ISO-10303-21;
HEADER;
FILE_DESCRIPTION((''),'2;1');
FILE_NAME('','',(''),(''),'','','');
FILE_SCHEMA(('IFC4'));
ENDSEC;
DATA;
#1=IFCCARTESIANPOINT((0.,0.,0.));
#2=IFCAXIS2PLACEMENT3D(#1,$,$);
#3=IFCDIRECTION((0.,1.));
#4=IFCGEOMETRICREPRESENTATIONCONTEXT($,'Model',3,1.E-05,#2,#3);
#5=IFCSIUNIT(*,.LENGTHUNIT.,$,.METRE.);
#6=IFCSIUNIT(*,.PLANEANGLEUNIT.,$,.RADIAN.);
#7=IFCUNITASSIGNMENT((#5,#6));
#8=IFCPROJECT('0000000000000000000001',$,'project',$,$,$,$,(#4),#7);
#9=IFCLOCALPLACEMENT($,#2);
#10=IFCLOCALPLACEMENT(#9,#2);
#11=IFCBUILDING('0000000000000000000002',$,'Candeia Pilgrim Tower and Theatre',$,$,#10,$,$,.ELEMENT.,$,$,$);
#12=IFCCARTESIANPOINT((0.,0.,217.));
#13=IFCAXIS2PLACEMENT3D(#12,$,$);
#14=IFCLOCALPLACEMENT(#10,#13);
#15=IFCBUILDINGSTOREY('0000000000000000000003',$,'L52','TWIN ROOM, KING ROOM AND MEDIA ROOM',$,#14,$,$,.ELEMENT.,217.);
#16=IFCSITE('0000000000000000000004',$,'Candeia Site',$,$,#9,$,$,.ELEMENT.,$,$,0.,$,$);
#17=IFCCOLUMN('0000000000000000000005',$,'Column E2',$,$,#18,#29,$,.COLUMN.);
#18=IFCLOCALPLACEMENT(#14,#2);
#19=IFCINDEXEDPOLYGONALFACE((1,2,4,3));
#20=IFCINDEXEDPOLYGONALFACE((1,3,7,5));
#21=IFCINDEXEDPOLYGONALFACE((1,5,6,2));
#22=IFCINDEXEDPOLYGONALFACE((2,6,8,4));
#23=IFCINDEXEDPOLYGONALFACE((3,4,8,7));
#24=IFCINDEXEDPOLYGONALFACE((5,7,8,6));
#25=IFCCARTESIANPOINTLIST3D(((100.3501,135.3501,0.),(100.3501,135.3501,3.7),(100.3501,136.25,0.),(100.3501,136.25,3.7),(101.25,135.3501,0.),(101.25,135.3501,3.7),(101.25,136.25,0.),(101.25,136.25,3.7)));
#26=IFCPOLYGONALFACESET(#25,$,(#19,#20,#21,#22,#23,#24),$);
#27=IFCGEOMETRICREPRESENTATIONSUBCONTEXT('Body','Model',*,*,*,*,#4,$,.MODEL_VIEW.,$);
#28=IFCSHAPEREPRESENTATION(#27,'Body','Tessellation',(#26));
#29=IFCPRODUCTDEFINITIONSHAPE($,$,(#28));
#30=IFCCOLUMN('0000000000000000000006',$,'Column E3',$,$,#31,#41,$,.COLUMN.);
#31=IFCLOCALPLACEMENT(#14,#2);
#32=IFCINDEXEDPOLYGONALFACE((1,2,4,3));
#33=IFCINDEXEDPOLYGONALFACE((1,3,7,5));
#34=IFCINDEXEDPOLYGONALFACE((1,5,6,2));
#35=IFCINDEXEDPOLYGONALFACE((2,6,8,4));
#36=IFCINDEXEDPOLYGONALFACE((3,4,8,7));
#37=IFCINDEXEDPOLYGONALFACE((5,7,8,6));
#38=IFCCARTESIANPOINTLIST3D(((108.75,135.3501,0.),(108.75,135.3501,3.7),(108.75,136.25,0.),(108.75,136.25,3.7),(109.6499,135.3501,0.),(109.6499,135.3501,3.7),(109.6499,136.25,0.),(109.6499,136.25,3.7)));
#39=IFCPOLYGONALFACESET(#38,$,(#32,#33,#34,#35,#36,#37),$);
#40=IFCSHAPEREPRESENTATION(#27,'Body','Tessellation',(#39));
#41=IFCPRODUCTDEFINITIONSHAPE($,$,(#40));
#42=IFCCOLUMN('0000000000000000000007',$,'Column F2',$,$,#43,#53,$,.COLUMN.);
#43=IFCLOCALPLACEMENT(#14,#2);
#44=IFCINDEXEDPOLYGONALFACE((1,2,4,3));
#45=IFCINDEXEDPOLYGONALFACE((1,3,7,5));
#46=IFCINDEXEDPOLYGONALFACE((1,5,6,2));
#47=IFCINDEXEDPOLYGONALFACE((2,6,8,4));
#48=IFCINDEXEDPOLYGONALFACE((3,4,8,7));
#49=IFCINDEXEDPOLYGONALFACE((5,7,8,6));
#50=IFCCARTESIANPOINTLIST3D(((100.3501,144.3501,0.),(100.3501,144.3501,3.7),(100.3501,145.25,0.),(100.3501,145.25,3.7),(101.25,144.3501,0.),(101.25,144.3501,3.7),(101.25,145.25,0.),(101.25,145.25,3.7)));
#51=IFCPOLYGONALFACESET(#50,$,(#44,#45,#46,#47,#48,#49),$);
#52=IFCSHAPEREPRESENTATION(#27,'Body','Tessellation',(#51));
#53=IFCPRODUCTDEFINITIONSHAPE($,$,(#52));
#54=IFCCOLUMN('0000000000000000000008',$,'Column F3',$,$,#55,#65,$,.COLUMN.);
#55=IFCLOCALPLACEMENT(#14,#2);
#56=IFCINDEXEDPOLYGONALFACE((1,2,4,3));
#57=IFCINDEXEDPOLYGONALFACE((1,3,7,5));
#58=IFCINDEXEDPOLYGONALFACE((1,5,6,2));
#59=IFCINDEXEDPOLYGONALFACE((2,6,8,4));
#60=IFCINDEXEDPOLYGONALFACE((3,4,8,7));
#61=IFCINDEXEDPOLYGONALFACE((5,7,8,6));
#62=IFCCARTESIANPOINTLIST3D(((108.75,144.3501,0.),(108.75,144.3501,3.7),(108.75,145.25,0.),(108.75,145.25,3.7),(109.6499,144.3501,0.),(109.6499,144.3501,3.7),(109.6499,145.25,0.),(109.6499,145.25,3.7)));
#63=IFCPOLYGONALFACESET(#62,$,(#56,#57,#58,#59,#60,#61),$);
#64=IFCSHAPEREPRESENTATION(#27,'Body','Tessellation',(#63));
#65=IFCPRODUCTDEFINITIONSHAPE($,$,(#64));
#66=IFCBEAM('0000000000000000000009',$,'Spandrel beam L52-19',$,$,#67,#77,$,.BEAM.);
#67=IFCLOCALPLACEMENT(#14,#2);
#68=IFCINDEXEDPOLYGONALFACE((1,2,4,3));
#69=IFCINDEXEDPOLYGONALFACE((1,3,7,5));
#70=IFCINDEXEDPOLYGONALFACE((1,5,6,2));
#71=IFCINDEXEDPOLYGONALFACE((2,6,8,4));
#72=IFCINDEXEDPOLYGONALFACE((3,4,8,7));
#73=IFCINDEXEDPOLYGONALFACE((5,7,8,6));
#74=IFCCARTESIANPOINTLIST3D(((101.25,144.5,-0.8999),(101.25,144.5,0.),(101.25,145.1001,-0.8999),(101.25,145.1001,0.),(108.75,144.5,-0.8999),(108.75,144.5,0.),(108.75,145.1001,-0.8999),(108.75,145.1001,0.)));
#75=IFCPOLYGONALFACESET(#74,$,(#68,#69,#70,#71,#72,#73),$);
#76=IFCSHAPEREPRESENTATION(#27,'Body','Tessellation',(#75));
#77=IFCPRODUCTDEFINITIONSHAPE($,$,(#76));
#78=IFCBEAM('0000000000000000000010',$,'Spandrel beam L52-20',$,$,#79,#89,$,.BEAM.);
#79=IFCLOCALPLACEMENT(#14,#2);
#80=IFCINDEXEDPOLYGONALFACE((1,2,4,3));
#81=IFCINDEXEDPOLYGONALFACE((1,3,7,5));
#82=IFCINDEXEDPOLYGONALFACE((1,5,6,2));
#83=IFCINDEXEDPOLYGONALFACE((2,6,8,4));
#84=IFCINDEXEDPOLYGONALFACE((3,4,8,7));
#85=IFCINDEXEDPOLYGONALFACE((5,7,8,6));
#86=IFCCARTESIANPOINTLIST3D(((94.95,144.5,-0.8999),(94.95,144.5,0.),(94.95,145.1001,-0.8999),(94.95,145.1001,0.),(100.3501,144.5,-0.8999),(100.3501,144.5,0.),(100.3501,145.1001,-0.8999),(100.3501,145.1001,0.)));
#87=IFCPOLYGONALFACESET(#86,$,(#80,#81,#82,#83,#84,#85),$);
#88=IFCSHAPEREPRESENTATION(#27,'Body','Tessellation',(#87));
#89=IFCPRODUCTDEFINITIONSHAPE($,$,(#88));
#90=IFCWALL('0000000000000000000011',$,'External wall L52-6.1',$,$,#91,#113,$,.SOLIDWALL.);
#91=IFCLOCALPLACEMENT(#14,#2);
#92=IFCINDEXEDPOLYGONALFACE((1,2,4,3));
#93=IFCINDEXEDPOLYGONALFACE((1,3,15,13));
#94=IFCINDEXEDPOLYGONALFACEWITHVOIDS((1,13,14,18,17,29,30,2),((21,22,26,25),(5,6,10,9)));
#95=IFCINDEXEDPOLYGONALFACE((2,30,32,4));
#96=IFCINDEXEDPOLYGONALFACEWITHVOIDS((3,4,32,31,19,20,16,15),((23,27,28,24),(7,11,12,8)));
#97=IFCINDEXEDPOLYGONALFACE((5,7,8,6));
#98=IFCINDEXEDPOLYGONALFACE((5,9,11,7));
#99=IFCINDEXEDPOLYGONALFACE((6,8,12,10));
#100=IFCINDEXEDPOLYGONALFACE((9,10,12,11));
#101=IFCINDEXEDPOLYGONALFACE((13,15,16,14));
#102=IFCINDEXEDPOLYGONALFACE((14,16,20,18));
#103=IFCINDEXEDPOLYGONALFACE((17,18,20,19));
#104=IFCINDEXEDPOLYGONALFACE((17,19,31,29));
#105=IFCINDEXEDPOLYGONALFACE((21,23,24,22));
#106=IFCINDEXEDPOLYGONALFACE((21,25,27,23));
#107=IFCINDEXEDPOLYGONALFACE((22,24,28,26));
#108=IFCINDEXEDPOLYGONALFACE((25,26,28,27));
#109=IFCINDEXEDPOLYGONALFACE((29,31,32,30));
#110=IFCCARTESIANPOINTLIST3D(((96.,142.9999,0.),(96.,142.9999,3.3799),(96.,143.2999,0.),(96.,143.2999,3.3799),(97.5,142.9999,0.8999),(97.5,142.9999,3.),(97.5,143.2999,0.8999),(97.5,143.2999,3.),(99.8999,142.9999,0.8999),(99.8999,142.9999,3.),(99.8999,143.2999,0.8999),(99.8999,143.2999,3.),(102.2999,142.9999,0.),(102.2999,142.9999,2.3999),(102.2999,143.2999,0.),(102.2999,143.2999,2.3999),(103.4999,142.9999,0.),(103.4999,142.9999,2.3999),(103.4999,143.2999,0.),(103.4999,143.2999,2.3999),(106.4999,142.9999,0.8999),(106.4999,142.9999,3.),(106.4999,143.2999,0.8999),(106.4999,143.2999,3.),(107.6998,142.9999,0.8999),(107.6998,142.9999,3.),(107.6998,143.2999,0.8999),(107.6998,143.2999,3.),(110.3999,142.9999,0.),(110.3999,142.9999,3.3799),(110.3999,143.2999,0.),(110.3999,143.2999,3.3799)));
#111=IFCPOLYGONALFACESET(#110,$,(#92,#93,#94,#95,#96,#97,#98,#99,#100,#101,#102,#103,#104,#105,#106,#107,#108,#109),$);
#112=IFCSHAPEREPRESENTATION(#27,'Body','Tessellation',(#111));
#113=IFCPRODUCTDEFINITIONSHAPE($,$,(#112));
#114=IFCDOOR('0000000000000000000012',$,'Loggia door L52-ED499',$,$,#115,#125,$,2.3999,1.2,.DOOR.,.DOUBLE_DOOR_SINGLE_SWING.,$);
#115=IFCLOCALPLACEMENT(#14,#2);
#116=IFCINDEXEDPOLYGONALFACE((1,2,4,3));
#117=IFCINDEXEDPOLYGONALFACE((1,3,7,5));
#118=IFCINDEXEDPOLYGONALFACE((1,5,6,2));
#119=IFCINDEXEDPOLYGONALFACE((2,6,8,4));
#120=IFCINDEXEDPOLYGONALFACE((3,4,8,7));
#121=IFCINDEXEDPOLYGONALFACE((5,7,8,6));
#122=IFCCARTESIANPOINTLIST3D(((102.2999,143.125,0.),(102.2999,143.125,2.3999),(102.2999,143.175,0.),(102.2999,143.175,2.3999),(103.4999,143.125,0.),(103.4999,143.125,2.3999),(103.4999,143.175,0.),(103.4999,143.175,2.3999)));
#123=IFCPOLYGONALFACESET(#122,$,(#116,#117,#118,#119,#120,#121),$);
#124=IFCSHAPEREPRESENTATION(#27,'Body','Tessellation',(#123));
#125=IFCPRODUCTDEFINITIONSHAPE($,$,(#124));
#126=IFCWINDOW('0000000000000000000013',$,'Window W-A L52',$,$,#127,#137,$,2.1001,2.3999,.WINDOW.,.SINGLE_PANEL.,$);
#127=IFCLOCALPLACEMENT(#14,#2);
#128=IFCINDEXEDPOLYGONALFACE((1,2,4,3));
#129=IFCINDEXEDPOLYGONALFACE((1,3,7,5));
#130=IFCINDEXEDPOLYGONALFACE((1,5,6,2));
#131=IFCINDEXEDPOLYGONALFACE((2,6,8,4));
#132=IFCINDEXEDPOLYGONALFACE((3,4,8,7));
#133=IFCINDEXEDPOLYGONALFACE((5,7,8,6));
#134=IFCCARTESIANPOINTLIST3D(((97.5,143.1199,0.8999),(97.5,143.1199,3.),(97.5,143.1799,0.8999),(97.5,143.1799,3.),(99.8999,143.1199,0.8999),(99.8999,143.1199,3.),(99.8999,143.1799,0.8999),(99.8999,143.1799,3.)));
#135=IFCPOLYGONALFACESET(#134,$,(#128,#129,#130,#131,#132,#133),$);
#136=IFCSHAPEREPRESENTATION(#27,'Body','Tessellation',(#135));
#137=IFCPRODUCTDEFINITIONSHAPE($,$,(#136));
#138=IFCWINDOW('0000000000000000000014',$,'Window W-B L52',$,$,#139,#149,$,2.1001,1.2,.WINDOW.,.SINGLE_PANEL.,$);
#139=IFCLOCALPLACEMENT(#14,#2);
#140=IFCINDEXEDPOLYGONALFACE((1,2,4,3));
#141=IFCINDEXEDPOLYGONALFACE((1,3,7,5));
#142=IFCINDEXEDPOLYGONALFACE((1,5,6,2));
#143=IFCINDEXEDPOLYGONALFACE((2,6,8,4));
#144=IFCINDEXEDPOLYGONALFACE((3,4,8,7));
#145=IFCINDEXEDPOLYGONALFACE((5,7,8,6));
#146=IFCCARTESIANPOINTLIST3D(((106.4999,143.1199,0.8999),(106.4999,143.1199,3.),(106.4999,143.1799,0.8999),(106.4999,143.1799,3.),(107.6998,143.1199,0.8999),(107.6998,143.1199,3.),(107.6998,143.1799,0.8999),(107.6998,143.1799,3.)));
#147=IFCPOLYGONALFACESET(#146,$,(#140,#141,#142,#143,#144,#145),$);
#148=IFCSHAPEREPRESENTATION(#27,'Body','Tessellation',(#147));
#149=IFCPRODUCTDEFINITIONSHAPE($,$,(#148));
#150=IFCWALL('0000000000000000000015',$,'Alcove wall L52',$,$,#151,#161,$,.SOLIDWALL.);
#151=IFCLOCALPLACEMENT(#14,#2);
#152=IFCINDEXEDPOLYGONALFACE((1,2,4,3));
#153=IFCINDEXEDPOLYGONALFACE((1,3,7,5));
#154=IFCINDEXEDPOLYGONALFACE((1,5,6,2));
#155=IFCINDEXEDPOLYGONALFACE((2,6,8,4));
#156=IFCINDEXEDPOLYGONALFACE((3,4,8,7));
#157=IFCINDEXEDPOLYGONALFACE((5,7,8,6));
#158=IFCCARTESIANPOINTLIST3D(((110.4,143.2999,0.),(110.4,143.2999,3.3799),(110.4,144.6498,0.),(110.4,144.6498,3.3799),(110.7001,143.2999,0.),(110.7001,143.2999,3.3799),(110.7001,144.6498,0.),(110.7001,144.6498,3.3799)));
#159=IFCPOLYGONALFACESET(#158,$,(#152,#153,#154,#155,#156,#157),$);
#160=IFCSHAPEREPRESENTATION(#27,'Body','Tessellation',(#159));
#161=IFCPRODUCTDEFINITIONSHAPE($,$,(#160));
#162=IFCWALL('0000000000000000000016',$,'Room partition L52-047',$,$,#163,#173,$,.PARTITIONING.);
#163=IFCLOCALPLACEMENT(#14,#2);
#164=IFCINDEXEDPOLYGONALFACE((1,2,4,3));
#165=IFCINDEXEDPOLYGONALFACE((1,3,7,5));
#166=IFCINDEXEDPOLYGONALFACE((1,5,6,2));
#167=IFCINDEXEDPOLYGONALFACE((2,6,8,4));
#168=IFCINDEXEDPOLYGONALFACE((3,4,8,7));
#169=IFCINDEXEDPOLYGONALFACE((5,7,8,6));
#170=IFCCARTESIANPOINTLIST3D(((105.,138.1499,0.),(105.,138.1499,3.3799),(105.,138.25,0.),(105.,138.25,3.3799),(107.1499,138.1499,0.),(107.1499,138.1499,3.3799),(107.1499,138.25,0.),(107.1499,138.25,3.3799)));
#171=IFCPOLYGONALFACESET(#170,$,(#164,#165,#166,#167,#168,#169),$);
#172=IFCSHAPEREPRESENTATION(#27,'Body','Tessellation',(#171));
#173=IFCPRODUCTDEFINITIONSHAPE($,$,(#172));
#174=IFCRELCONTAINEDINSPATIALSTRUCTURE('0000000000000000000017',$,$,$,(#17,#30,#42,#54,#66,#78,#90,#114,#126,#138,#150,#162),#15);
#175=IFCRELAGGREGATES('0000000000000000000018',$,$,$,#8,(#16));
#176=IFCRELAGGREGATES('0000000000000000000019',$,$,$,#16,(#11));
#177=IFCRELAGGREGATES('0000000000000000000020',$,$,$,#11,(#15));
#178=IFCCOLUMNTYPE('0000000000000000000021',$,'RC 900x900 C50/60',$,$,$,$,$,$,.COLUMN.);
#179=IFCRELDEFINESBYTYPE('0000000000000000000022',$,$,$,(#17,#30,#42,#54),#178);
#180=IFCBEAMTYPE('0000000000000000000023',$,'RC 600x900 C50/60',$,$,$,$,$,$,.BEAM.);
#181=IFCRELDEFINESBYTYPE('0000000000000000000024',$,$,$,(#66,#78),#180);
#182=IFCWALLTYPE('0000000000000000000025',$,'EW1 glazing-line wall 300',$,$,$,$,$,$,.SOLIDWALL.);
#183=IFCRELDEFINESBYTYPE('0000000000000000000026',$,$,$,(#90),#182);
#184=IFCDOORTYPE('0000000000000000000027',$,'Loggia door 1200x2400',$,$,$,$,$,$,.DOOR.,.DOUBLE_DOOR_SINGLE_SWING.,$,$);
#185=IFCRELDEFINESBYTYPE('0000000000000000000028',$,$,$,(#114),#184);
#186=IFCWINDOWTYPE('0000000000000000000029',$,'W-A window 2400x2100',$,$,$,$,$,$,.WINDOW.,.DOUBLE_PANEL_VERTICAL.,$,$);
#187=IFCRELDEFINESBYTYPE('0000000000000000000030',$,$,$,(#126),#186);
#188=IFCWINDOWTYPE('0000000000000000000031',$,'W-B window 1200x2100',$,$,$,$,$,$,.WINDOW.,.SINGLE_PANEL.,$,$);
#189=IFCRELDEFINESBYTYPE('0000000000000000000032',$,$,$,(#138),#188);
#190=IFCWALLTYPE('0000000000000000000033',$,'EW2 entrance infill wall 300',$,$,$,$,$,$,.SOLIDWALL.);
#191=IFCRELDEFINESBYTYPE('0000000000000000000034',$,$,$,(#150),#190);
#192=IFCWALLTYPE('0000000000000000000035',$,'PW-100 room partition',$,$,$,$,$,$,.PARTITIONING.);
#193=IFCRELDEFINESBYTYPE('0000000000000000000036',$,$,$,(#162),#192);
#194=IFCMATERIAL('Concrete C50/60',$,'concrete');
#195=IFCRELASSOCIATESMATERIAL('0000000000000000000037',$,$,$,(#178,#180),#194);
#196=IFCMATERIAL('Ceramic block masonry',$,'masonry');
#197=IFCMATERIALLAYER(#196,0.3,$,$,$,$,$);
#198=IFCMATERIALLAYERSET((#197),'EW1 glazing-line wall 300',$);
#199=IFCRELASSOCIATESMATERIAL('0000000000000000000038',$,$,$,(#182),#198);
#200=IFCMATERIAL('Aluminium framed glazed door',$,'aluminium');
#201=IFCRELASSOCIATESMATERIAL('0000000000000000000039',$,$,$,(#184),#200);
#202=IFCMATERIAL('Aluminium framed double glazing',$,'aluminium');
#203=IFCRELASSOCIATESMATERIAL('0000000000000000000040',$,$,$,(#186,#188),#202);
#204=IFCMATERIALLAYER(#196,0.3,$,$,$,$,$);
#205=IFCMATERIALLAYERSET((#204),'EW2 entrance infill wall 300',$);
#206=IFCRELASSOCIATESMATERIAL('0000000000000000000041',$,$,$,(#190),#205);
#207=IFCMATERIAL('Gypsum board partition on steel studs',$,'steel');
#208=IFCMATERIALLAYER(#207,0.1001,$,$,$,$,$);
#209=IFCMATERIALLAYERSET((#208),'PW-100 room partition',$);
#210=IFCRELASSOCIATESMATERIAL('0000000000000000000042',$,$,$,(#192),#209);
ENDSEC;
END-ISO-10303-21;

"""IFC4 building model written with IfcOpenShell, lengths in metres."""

from ifc_helpers import new_model, si_unit, direction, frame, frame_2d, origin, origin_2d, place, context, subcontext, project, spatial, rectangle, extrude, material, layer, layer_set, material_profile, profile_set, type_object, element, fill, save


model = new_model("IFC4")

# Units and contexts
model_context = context("Model", 3, precision=1e-05, world=origin(), true_north=direction((0.0, 1.0)))
body_context = subcontext(model_context, "Body", "Model", "MODEL_VIEW")
ifc_project = project(units=[si_unit("LENGTHUNIT", "METRE"), si_unit("PLANEANGLEUNIT", "RADIAN")], contexts=[model_context])

# Site, building, storey
site_placement = place(None, origin())
site = spatial("IfcSite", under=ifc_project, at=site_placement, Name="Candeia Site", CompositionType="ELEMENT", RefElevation=0.0)
building_placement = place(site_placement, origin())
building = spatial("IfcBuilding", under=site, at=building_placement, Name="Candeia Pilgrim Tower and Theatre", CompositionType="ELEMENT")
storey_placement = place(building_placement, frame((0.0, 0.0, 217.0)))
storey = spatial("IfcBuildingStorey", under=building, at=storey_placement, Name="L52", Description="TWIN ROOM, KING ROOM AND MEDIA ROOM", CompositionType="ELEMENT", Elevation=217.0)

# Columns
ifc_material_1 = material(Name="Concrete C50/60", Category="concrete")
ifc_material_profile_1 = material_profile(ifc_material_1, rectangle(XDim=0.8999, YDim=0.8999, at=origin_2d()))
ifc_profile_set_1 = profile_set([ifc_material_profile_1], Name="Concrete C50/60")
column_type = type_object("IfcColumnType", Name="RC 900x900 C50/60", PredefinedType="COLUMN", material=ifc_profile_set_1)
for number, where, z_axis, x_axis, name in (
    (1, (100.8, 135.8, 0.0), (0.0, 0.0, 1.0), (1.0, 0.0, 0.0), "Column E2"),
    (2, (109.2, 135.8, 0.0), (0.0, 0.0, 1.0), (1.0, 0.0, 0.0), "Column E3"),
    (3, (100.8, 144.8, 0.0), (0.0, 0.0, 1.0), (1.0, 0.0, 0.0), "Column F2"),
    (4, (109.2, 144.8, 0.0), (0.0, 0.0, 1.0), (1.0, 0.0, 0.0), "Column F3"),
):
    element("IfcColumn", number, at=place(storey_placement, frame(where, z_axis=z_axis, x_axis=x_axis)), inside=storey, type_object=column_type, Name=name, PredefinedType="COLUMN", context=body_context, shape_type="SweptSolid", body=[
        extrude(rectangle(XDim=0.8999, YDim=0.8999, at=origin_2d()), origin(), (0.0, 0.0, 1.0), 3.7),
    ])

# Beams
ifc_material_profile_2 = material_profile(ifc_material_1, rectangle(XDim=0.6001, YDim=0.8999, at=origin_2d()))
ifc_profile_set_2 = profile_set([ifc_material_profile_2], Name="Concrete C50/60")
beam_type = type_object("IfcBeamType", Name="RC 600x900 C50/60", PredefinedType="BEAM", material=ifc_profile_set_2)
beam_1_placement = place(storey_placement, frame((108.75, 144.8, -0.45), z_axis=(-1.0, 0.0, 0.0), x_axis=(0.0, -1.0, 0.0)))
element("IfcBeam", 5, at=beam_1_placement, inside=storey, type_object=beam_type, Name="Spandrel beam L52-19", PredefinedType="BEAM", context=body_context, shape_type="SweptSolid", body=[
    extrude(rectangle(XDim=0.6001, YDim=0.8999, at=origin_2d()), origin(), (0.0, 0.0, 1.0), 7.5),
])
beam_2_placement = place(storey_placement, frame((100.3501, 144.8, -0.45), z_axis=(-1.0, 0.0, 0.0), x_axis=(0.0, -1.0, 0.0)))
element("IfcBeam", 6, at=beam_2_placement, inside=storey, type_object=beam_type, Name="Spandrel beam L52-20", PredefinedType="BEAM", context=body_context, shape_type="SweptSolid", body=[
    extrude(rectangle(XDim=0.6001, YDim=0.8999, at=origin_2d()), origin(), (0.0, 0.0, 1.0), 5.4001),
])

# Wall, openings, door, windows
ifc_material_2 = material(Name="Ceramic block masonry", Category="masonry")
ifc_layer_1 = layer(ifc_material_2, 0.3)
ifc_layer_set_1 = layer_set([ifc_layer_1], Name="EW1 glazing-line wall 300")
wall_type_1 = type_object("IfcWallType", Name="EW1 glazing-line wall 300", PredefinedType="SOLIDWALL", material=ifc_layer_set_1)
wall_1_placement = place(storey_placement, frame((110.3999, 143.1499, 0.0), z_axis=(0.0, 0.0, 1.0), x_axis=(-1.0, 0.0, 0.0)))
wall_1 = element("IfcWall", 7, at=wall_1_placement, inside=storey, type_object=wall_type_1, Name="External wall L52-6.1", PredefinedType="SOLIDWALL", context=body_context, shape_type="SweptSolid", body=[
    extrude(rectangle(XDim=14.3999, YDim=0.3, at=frame_2d((7.2, 0.0))), origin(), (0.0, 0.0, 1.0), 3.3799),
])
opening_1_placement = place(wall_1_placement, frame((2.7, 0.0, 0.8999)))
opening_1 = element("IfcOpeningElement", 8, at=opening_1_placement, cuts=wall_1, PredefinedType="OPENING", context=body_context, shape_type="SweptSolid", body=[
    extrude(rectangle(XDim=1.2, YDim=2.1001, at=frame_2d((0.6001, 1.05))), frame((0.0, 0.1602, 0.0), z_axis=(0.0, -1.0, 0.0), x_axis=(1.0, 0.0, 0.0)), (0.0, 0.0, 1.0), 0.3201),
])
opening_2_placement = place(wall_1_placement, frame((6.8999, 0.0, 0.0)))
opening_2 = element("IfcOpeningElement", 9, at=opening_2_placement, cuts=wall_1, PredefinedType="OPENING", context=body_context, shape_type="SweptSolid", body=[
    extrude(rectangle(XDim=1.2, YDim=2.3999, at=frame_2d((0.6001, 1.2))), frame((0.0, 0.1602, 0.0), z_axis=(0.0, -1.0, 0.0), x_axis=(1.0, 0.0, 0.0)), (0.0, 0.0, 1.0), 0.3201),
])
opening_3_placement = place(wall_1_placement, frame((10.5, 0.0, 0.8999)))
opening_3 = element("IfcOpeningElement", 10, at=opening_3_placement, cuts=wall_1, PredefinedType="OPENING", context=body_context, shape_type="SweptSolid", body=[
    extrude(rectangle(XDim=2.3999, YDim=2.1001, at=frame_2d((1.2, 1.05))), frame((0.0, 0.1602, 0.0), z_axis=(0.0, -1.0, 0.0), x_axis=(1.0, 0.0, 0.0)), (0.0, 0.0, 1.0), 0.3201),
])
ifc_material_3 = material(Name="Aluminium framed glazed door", Category="aluminium")
door_type_1 = type_object("IfcDoorType", Name="Loggia door 1200x2400", OperationType="DOUBLE_DOOR_SINGLE_SWING", PredefinedType="DOOR", material=ifc_material_3)
door_1_placement = place(opening_2_placement, origin())
door_1 = element("IfcDoor", 11, at=door_1_placement, inside=storey, type_object=door_type_1, Name="Loggia door L52-ED499", OperationType="DOUBLE_DOOR_SINGLE_SWING", OverallHeight=2.3999, OverallWidth=1.2, PredefinedType="DOOR", context=body_context, shape_type="SweptSolid", body=[
    extrude(rectangle(XDim=1.2, YDim=2.3999, at=frame_2d((0.6001, 1.2))), frame((0.0, 0.0249, 0.0), z_axis=(0.0, -1.0, 0.0), x_axis=(1.0, 0.0, 0.0)), (0.0, 0.0, 1.0), 0.05),
])
fill(opening_2, door_1)
ifc_material_4 = material(Name="Aluminium framed double glazing", Category="aluminium")
window_type_1 = type_object("IfcWindowType", Name="W-A window 2400x2100", PartitioningType="DOUBLE_PANEL_VERTICAL", PredefinedType="WINDOW", material=ifc_material_4)
window_1_placement = place(opening_3_placement, origin())
window_1 = element("IfcWindow", 12, at=window_1_placement, inside=storey, type_object=window_type_1, Name="Window W-A L52", OverallHeight=2.1001, OverallWidth=2.3999, PartitioningType="SINGLE_PANEL", PredefinedType="WINDOW", context=body_context, shape_type="SweptSolid", body=[
    extrude(rectangle(XDim=2.3999, YDim=2.1001, at=frame_2d((1.2, 1.05))), frame((0.0, 0.03, 0.0), z_axis=(0.0, -1.0, 0.0), x_axis=(1.0, 0.0, 0.0)), (0.0, 0.0, 1.0), 0.0601),
])
fill(opening_3, window_1)
window_type_2 = type_object("IfcWindowType", Name="W-B window 1200x2100", PartitioningType="SINGLE_PANEL", PredefinedType="WINDOW", material=ifc_material_4)
window_2_placement = place(opening_1_placement, origin())
window_2 = element("IfcWindow", 13, at=window_2_placement, inside=storey, type_object=window_type_2, Name="Window W-B L52", OverallHeight=2.1001, OverallWidth=1.2, PartitioningType="SINGLE_PANEL", PredefinedType="WINDOW", context=body_context, shape_type="SweptSolid", body=[
    extrude(rectangle(XDim=1.2, YDim=2.1001, at=frame_2d((0.6001, 1.05))), frame((0.0, 0.03, 0.0), z_axis=(0.0, -1.0, 0.0), x_axis=(1.0, 0.0, 0.0)), (0.0, 0.0, 1.0), 0.0601),
])
fill(opening_1, window_2)

# Walls
ifc_layer_2 = layer(ifc_material_2, 0.3)
ifc_layer_set_2 = layer_set([ifc_layer_2], Name="EW2 entrance infill wall 300")
wall_type_2 = type_object("IfcWallType", Name="EW2 entrance infill wall 300", PredefinedType="SOLIDWALL", material=ifc_layer_set_2)
wall_2_placement = place(storey_placement, frame((110.55, 143.3, 0.0), z_axis=(0.0, 0.0, 1.0), x_axis=(0.0, 1.0, 0.0)))
element("IfcWall", 14, at=wall_2_placement, inside=storey, type_object=wall_type_2, Name="Alcove wall L52", PredefinedType="SOLIDWALL", context=body_context, shape_type="SweptSolid", body=[
    extrude(rectangle(XDim=1.3499, YDim=0.3, at=frame_2d((0.6748, 0.0))), origin(), (0.0, 0.0, 1.0), 3.3799),
])
ifc_material_5 = material(Name="Gypsum board partition on steel studs", Category="steel")
ifc_layer_3 = layer(ifc_material_5, 0.1001)
ifc_layer_set_3 = layer_set([ifc_layer_3], Name="PW-100 room partition")
wall_type_3 = type_object("IfcWallType", Name="PW-100 room partition", PredefinedType="PARTITIONING", material=ifc_layer_set_3)
wall_3_placement = place(storey_placement, frame((105.0, 138.2, 0.0), z_axis=(0.0, 0.0, 1.0), x_axis=(1.0, 0.0, 0.0)))
element("IfcWall", 15, at=wall_3_placement, inside=storey, type_object=wall_type_3, Name="Room partition L52-047", PredefinedType="PARTITIONING", context=body_context, shape_type="SweptSolid", body=[
    extrude(rectangle(XDim=2.1499, YDim=0.1001, at=frame_2d((1.075, 0.0))), origin(), (0.0, 0.0, 1.0), 3.3799),
])

save(model, "model.ifc")
